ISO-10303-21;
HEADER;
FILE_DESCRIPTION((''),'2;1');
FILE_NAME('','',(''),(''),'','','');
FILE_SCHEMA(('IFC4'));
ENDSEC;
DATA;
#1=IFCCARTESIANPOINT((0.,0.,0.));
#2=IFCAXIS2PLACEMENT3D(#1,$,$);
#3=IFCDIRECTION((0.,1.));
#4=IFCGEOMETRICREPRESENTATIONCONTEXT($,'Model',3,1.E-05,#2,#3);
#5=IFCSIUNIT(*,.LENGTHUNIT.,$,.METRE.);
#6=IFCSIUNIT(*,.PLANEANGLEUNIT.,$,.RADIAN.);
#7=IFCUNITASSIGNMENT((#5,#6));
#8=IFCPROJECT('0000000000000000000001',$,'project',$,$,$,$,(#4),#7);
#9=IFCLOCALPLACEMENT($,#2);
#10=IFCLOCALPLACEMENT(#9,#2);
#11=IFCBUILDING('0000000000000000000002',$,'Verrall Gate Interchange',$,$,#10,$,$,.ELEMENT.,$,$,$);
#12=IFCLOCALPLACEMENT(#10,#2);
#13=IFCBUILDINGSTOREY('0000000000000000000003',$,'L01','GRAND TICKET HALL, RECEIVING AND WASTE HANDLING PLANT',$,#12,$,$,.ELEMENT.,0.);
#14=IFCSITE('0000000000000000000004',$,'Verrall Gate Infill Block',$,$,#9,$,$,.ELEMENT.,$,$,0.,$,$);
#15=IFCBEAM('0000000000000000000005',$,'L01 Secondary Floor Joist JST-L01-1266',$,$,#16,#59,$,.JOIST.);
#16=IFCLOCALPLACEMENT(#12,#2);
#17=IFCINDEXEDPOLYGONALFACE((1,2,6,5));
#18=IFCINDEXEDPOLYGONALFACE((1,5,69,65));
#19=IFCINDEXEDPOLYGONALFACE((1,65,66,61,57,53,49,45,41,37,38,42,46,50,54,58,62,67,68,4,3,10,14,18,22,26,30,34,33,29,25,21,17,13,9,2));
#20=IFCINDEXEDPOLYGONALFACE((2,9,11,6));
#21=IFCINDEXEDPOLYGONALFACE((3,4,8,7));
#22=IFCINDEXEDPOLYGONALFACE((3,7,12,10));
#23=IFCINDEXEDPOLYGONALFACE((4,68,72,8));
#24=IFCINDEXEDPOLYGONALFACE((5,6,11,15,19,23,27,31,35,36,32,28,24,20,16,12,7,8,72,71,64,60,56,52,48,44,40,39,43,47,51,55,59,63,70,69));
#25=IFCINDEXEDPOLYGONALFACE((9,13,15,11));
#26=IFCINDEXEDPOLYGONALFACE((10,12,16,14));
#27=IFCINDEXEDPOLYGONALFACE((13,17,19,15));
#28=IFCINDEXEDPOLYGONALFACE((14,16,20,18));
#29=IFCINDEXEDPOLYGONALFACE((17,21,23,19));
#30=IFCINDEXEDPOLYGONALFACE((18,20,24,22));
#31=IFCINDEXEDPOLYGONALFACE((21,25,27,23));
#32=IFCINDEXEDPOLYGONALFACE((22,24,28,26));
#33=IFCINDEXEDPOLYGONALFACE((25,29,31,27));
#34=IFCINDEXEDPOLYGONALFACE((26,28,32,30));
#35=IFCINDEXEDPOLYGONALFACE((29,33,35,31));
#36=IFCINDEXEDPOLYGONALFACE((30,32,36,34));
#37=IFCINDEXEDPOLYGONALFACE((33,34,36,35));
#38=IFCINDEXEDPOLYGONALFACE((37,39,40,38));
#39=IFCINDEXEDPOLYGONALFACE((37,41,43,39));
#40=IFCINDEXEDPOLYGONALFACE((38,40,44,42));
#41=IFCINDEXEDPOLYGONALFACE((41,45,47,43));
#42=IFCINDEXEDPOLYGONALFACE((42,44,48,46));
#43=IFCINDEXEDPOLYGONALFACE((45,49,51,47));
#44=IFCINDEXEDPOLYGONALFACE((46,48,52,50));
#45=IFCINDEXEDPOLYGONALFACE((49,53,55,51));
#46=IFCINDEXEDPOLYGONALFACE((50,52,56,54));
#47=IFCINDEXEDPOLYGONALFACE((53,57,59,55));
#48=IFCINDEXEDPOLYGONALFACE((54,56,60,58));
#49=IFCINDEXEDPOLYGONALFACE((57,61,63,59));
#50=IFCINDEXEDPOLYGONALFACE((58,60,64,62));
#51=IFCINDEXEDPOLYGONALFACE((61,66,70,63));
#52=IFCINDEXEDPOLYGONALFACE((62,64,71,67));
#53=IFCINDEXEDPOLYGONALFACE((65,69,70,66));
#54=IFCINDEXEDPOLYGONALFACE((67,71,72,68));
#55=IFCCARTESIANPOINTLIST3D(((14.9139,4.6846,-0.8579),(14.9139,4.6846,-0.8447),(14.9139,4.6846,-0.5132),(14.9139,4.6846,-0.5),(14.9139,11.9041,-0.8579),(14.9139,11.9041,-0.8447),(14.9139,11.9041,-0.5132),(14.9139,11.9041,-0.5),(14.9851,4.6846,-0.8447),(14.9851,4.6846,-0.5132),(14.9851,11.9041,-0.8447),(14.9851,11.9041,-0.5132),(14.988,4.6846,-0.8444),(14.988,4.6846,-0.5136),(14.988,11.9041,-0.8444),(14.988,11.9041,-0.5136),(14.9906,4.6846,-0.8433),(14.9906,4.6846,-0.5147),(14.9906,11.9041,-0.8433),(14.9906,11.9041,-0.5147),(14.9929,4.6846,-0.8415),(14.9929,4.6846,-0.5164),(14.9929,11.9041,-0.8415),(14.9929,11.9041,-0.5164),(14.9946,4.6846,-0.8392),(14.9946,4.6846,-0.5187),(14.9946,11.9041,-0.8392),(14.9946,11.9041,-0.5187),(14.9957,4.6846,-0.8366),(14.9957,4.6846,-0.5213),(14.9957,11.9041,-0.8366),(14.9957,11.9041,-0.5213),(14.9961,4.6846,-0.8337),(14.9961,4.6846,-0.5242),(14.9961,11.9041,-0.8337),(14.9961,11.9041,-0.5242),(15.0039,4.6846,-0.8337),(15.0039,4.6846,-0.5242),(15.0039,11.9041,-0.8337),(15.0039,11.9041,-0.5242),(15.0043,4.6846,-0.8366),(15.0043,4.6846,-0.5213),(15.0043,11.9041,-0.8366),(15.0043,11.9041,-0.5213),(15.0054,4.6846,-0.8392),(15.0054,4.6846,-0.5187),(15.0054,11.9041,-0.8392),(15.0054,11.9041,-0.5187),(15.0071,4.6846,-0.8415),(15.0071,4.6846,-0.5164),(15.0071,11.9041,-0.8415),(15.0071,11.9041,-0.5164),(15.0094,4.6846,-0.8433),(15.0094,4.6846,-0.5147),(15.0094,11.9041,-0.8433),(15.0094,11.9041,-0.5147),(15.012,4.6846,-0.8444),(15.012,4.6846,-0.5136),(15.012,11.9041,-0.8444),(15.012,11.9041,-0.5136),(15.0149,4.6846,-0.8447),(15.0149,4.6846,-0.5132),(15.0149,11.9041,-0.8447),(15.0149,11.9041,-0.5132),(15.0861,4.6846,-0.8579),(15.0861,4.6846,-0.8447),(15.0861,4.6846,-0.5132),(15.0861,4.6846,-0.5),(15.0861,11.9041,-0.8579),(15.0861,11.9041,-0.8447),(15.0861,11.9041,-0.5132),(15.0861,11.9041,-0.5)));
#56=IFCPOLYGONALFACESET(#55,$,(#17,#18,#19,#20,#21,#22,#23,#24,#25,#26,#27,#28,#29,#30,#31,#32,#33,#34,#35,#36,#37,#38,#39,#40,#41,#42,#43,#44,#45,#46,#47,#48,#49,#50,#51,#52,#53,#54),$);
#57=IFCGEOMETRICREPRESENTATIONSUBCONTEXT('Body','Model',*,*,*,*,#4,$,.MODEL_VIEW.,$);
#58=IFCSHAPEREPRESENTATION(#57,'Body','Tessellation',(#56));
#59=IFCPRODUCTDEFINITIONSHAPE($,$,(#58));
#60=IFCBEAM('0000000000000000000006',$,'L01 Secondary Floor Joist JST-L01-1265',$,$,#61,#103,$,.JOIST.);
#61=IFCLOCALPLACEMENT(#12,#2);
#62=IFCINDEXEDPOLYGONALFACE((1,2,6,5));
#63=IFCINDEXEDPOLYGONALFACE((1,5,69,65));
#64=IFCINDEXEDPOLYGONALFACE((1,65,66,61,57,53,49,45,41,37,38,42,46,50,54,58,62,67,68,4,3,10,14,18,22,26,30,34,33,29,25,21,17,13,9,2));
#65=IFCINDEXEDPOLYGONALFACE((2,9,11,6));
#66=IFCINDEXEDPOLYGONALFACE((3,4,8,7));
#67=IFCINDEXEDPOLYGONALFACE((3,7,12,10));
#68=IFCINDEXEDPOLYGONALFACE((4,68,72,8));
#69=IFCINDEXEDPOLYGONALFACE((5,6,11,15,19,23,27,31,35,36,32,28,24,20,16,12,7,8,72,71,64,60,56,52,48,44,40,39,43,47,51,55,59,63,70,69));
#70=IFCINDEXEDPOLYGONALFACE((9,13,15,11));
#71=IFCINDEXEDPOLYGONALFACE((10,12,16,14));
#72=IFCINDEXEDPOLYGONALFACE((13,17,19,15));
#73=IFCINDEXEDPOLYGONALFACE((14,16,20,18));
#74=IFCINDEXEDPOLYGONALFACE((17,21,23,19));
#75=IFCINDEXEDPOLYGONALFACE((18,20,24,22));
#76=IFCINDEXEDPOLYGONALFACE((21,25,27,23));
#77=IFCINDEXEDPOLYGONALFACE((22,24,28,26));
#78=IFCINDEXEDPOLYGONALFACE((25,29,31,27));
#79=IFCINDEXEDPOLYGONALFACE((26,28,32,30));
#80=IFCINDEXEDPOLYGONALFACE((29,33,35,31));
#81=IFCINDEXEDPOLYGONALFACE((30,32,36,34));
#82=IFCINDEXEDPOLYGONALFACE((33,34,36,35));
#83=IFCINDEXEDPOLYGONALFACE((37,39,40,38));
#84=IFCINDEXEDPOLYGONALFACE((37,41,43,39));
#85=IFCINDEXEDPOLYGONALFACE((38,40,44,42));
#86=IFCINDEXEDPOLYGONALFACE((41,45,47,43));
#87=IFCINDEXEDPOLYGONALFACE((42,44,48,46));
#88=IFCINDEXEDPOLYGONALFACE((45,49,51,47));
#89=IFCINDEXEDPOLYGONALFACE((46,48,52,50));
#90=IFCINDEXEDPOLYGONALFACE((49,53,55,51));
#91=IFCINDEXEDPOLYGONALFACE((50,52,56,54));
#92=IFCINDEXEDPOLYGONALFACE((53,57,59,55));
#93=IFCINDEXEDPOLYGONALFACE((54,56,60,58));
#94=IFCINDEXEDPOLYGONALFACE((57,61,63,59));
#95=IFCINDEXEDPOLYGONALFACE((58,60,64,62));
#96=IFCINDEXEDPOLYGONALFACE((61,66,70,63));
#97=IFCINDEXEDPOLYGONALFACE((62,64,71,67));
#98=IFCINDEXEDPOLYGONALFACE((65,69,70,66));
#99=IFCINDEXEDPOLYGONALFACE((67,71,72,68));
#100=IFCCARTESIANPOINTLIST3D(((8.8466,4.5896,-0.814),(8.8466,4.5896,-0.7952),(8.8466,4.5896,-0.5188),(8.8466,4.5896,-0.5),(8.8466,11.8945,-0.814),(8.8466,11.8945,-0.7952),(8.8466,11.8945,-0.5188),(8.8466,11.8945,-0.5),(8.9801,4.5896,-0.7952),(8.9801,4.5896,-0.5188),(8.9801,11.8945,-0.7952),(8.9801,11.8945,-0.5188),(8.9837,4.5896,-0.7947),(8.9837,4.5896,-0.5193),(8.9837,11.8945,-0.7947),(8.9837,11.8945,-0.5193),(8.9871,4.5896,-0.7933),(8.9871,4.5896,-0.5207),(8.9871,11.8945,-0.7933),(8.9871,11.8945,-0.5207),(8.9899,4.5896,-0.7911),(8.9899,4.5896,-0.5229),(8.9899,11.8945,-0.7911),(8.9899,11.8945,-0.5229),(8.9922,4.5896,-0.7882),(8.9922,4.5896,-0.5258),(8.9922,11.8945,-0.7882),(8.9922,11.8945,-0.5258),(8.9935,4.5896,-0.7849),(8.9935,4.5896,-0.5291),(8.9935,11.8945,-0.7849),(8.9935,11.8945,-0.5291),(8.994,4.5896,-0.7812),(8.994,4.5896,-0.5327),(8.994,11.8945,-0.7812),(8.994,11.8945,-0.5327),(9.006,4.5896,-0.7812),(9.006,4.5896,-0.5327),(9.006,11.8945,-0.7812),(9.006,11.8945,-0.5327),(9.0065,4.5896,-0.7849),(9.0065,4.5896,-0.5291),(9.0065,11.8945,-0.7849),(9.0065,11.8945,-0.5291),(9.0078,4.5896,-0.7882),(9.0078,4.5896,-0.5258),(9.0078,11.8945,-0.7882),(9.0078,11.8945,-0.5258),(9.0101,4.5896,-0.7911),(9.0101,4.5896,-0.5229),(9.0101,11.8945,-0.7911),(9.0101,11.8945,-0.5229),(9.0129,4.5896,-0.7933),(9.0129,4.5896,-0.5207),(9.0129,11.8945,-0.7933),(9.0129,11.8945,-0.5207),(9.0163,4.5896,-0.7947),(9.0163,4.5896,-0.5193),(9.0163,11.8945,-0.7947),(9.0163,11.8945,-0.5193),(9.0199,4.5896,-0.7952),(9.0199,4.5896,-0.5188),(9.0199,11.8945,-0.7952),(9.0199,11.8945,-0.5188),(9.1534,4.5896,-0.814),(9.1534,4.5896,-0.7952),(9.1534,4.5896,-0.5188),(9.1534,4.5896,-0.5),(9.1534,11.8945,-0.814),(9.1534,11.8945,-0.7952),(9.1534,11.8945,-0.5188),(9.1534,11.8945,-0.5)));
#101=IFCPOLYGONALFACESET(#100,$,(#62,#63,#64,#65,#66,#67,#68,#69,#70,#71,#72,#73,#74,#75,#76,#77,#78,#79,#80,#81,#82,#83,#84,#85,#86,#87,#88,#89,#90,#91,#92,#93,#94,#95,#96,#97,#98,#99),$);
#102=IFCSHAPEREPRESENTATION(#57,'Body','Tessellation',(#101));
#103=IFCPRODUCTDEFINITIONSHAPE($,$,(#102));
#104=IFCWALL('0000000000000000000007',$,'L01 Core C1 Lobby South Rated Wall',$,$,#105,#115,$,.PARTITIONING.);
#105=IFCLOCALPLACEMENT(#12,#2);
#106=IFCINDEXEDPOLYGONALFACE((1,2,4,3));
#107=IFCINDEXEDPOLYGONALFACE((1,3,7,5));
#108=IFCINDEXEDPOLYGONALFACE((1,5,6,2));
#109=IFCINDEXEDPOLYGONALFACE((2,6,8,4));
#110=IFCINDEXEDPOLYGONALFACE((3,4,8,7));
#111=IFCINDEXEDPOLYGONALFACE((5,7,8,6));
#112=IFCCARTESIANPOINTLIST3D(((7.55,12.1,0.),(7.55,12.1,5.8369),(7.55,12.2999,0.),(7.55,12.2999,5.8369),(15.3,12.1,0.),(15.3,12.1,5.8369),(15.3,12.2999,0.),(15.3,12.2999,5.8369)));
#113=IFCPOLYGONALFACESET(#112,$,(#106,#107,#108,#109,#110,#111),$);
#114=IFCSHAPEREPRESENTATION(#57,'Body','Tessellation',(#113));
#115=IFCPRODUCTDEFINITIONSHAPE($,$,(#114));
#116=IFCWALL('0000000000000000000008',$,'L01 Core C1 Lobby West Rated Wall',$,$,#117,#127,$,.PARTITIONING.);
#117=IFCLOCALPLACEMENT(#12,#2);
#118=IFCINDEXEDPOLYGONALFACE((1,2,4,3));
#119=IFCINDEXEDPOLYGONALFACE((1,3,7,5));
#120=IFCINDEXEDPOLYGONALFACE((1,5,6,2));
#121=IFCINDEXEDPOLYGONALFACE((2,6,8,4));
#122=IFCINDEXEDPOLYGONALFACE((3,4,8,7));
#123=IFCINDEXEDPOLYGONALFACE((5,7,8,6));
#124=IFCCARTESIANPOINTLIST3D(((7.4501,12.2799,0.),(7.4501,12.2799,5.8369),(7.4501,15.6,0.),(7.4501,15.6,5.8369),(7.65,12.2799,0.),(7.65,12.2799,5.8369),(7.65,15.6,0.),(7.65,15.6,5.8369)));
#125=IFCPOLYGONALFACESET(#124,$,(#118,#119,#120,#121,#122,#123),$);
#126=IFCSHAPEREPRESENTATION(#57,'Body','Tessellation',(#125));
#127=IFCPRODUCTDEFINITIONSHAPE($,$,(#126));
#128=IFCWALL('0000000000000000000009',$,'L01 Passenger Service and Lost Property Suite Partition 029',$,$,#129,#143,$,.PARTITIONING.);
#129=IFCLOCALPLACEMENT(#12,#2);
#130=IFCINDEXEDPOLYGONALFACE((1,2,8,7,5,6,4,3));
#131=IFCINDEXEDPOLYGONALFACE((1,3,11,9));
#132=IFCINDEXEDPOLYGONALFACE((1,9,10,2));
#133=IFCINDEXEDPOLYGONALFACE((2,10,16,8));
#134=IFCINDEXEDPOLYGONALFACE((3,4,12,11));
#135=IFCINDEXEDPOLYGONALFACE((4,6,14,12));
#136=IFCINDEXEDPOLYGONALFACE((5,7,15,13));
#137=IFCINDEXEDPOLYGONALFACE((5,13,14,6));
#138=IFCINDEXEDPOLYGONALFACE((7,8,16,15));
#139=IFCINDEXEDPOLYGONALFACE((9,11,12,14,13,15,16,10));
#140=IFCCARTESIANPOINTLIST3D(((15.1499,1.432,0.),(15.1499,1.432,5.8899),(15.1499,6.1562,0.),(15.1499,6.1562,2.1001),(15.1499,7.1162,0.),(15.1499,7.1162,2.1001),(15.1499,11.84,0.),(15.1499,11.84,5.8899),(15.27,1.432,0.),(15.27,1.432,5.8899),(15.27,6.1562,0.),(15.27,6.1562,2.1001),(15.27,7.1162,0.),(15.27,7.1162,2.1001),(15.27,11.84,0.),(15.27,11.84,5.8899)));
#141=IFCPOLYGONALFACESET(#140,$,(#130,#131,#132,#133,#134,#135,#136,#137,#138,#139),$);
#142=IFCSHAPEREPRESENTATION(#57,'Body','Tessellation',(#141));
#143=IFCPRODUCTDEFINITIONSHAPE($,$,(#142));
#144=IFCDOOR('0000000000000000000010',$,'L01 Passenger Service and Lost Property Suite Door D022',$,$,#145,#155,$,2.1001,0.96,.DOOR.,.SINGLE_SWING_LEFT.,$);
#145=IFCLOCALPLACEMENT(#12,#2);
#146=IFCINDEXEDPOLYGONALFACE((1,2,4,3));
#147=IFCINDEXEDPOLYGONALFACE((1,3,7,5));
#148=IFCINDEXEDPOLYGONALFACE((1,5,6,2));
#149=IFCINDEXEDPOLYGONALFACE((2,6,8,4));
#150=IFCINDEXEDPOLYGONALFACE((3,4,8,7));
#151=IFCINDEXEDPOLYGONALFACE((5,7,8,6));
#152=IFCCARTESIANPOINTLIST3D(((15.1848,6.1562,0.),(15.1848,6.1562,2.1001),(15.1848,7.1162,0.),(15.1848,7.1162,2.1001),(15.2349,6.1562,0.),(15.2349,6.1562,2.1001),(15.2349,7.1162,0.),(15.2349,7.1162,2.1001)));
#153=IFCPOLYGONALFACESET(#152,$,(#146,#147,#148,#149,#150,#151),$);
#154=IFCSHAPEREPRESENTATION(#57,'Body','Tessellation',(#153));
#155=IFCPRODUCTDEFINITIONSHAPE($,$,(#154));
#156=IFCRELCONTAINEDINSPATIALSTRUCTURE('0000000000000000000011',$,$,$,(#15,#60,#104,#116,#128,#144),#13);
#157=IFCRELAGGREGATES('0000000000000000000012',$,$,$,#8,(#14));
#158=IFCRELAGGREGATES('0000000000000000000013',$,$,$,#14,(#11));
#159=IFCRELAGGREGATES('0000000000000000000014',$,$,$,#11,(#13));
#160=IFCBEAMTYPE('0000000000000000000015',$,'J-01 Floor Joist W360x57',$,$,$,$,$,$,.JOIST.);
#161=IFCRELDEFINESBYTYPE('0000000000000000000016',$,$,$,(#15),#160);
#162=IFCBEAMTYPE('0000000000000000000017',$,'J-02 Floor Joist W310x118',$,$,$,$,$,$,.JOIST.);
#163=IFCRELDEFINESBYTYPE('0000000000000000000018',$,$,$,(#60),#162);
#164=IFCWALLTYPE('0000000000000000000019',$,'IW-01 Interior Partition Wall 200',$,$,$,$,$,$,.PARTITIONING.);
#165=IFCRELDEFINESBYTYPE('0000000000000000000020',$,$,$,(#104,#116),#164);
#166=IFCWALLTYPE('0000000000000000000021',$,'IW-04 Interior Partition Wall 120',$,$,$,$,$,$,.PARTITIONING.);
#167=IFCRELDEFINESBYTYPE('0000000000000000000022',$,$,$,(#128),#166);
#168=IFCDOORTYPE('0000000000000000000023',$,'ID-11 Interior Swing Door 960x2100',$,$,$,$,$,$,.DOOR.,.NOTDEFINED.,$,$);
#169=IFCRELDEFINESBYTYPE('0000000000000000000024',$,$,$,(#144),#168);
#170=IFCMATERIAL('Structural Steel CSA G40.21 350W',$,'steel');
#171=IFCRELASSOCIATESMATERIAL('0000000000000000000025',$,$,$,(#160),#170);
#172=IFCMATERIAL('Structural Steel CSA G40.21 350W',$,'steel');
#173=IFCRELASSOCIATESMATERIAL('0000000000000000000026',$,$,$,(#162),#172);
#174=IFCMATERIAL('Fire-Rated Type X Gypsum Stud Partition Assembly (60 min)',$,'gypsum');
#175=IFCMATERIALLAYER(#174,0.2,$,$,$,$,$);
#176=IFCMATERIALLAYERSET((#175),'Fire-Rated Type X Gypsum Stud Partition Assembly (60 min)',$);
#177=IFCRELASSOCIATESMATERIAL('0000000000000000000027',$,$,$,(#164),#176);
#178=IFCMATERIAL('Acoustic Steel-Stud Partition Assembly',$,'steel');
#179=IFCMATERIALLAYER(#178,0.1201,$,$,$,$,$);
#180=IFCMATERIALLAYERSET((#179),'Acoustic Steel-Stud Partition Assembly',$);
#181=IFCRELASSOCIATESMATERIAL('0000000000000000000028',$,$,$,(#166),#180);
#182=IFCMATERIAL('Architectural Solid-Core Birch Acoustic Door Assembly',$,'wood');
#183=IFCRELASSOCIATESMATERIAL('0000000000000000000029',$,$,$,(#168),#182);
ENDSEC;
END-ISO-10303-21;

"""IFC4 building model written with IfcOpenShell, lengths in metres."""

from ifc_helpers import new_model, si_unit, direction, frame, frame_2d, origin, origin_2d, place, context, subcontext, project, spatial, rectangle, i_section, extrude, material, layer, layer_set, material_profile, profile_set, type_object, element, fill, save


model = new_model("IFC4")

# Units and contexts
model_context = context("Model", 3, precision=1e-05, world=origin(), true_north=direction((0.0, 1.0)))
body_context = subcontext(model_context, "Body", "Model", "MODEL_VIEW")
ifc_project = project(units=[si_unit("LENGTHUNIT", "METRE"), si_unit("PLANEANGLEUNIT", "RADIAN")], contexts=[model_context])

# Site, building, storey
site_placement = place(None, origin())
site = spatial("IfcSite", under=ifc_project, at=site_placement, Name="Verrall Gate Infill Block", CompositionType="ELEMENT", RefElevation=0.0)
building_placement = place(site_placement, origin())
building = spatial("IfcBuilding", under=site, at=building_placement, Name="Verrall Gate Interchange", CompositionType="ELEMENT")
storey_placement = place(building_placement, origin())
storey = spatial("IfcBuildingStorey", under=building, at=storey_placement, Name="L01", Description="GRAND TICKET HALL, RECEIVING AND WASTE HANDLING PLANT", CompositionType="ELEMENT", Elevation=0.0)

# Beams
ifc_material_1 = material(Name="Structural Steel CSA G40.21 350W", Category="steel")
ifc_material_profile_1 = material_profile(ifc_material_1, i_section(OverallWidth=0.1721, OverallDepth=0.3579, WebThickness=0.0078, FlangeThickness=0.0132, FilletRadius=0.011, at=origin_2d()), Name="W360x57")
ifc_profile_set_1 = profile_set([ifc_material_profile_1], Name="Structural Steel CSA G40.21 350W")
beam_type_1 = type_object("IfcBeamType", Name="J-01 Floor Joist W360x57", PredefinedType="JOIST", material=ifc_profile_set_1)
beam_1_placement = place(storey_placement, frame((15.0, 4.6846, -0.679), z_axis=(0.0, 1.0, 0.0), x_axis=(-1.0, 0.0, 0.0)))
element("IfcBeam", 1, at=beam_1_placement, inside=storey, type_object=beam_type_1, Name="L01 Secondary Floor Joist JST-L01-1266", PredefinedType="JOIST", context=body_context, shape_type="SweptSolid", body=[
    extrude(i_section(OverallWidth=0.1721, OverallDepth=0.3579, WebThickness=0.0078, FlangeThickness=0.0132, FilletRadius=0.011, at=origin_2d()), origin(), (0.0, 0.0, 1.0), 7.2195),
])
ifc_material_2 = material(Name="Structural Steel CSA G40.21 350W", Category="steel")
ifc_material_profile_2 = material_profile(ifc_material_2, i_section(OverallWidth=0.3069, OverallDepth=0.314, WebThickness=0.012, FlangeThickness=0.0188, FilletRadius=0.0139, at=origin_2d()), Name="W310x118")
ifc_profile_set_2 = profile_set([ifc_material_profile_2], Name="Structural Steel CSA G40.21 350W")
beam_type_2 = type_object("IfcBeamType", Name="J-02 Floor Joist W310x118", PredefinedType="JOIST", material=ifc_profile_set_2)
beam_2_placement = place(storey_placement, frame((9.0, 4.5896, -0.657), z_axis=(0.0, 1.0, 0.0), x_axis=(-1.0, 0.0, 0.0)))
element("IfcBeam", 2, at=beam_2_placement, inside=storey, type_object=beam_type_2, Name="L01 Secondary Floor Joist JST-L01-1265", PredefinedType="JOIST", context=body_context, shape_type="SweptSolid", body=[
    extrude(i_section(OverallWidth=0.3069, OverallDepth=0.314, WebThickness=0.012, FlangeThickness=0.0188, FilletRadius=0.0139, at=origin_2d()), origin(), (0.0, 0.0, 1.0), 7.3049),
])

# Walls
ifc_material_3 = material(Name="Fire-Rated Type X Gypsum Stud Partition Assembly (60 min)", Category="gypsum")
ifc_layer_1 = layer(ifc_material_3, 0.2)
ifc_layer_set_1 = layer_set([ifc_layer_1], Name="Fire-Rated Type X Gypsum Stud Partition Assembly (60 min)")
wall_type_1 = type_object("IfcWallType", Name="IW-01 Interior Partition Wall 200", PredefinedType="PARTITIONING", material=ifc_layer_set_1)
wall_1_placement = place(storey_placement, frame((7.55, 12.2, 0.0), z_axis=(0.0, 0.0, 1.0), x_axis=(1.0, 0.0, 0.0)))
element("IfcWall", 3, at=wall_1_placement, inside=storey, type_object=wall_type_1, Name="L01 Core C1 Lobby South Rated Wall", PredefinedType="PARTITIONING", context=body_context, shape_type="SweptSolid", body=[
    extrude(rectangle(XDim=7.75, YDim=0.2, at=frame_2d((3.875, 0.0))), origin(), (0.0, 0.0, 1.0), 5.8369),
])
wall_2_placement = place(storey_placement, frame((7.55, 15.6001, 0.0), z_axis=(0.0, 0.0, 1.0), x_axis=(0.0, -1.0, 0.0)))
element("IfcWall", 4, at=wall_2_placement, inside=storey, type_object=wall_type_1, Name="L01 Core C1 Lobby West Rated Wall", PredefinedType="PARTITIONING", context=body_context, shape_type="SweptSolid", body=[
    extrude(rectangle(XDim=3.3201, YDim=0.2, at=frame_2d((1.6602, 0.0))), origin(), (0.0, 0.0, 1.0), 5.8369),
])

# Wall, opening, door
ifc_material_4 = material(Name="Acoustic Steel-Stud Partition Assembly", Category="steel")
ifc_layer_2 = layer(ifc_material_4, 0.1201)
ifc_layer_set_2 = layer_set([ifc_layer_2], Name="Acoustic Steel-Stud Partition Assembly")
wall_type_2 = type_object("IfcWallType", Name="IW-04 Interior Partition Wall 120", PredefinedType="PARTITIONING", material=ifc_layer_set_2)
wall_3_placement = place(storey_placement, frame((15.21, 11.8401, 0.0), z_axis=(0.0, 0.0, 1.0), x_axis=(0.0, -1.0, 0.0)))
wall_3 = element("IfcWall", 5, at=wall_3_placement, inside=storey, type_object=wall_type_2, Name="L01 Passenger Service and Lost Property Suite Partition 029", PredefinedType="PARTITIONING", context=body_context, shape_type="SweptSolid", body=[
    extrude(rectangle(XDim=10.408, YDim=0.1201, at=frame_2d((5.2041, 0.0))), origin(), (0.0, 0.0, 1.0), 5.8899),
])
opening_1_placement = place(wall_3_placement, frame((4.7239, 0.0, 0.0)))
opening_1 = element("IfcOpeningElement", 6, at=opening_1_placement, cuts=wall_3, PredefinedType="OPENING", context=body_context, shape_type="SweptSolid", body=[
    extrude(rectangle(XDim=0.96, YDim=2.1001, at=frame_2d((0.48, 1.05))), frame((0.0, 0.075, 0.0), z_axis=(0.0, -1.0, 0.0), x_axis=(1.0, 0.0, 0.0)), (0.0, 0.0, 1.0), 0.1499),
])
ifc_material_5 = material(Name="Architectural Solid-Core Birch Acoustic Door Assembly", Category="wood")
door_type_1 = type_object("IfcDoorType", Name="ID-11 Interior Swing Door 960x2100", OperationType="NOTDEFINED", PredefinedType="DOOR", material=ifc_material_5)
door_1_placement = place(opening_1_placement, origin())
door_1 = element("IfcDoor", 7, at=door_1_placement, inside=storey, type_object=door_type_1, Name="L01 Passenger Service and Lost Property Suite Door D022", OperationType="SINGLE_SWING_LEFT", OverallHeight=2.1001, OverallWidth=0.96, PredefinedType="DOOR", context=body_context, shape_type="SweptSolid", body=[
    extrude(rectangle(XDim=0.96, YDim=2.1001, at=frame_2d((0.48, 1.05))), frame((0.0, 0.0249, 0.0), z_axis=(0.0, -1.0, 0.0), x_axis=(1.0, 0.0, 0.0)), (0.0, 0.0, 1.0), 0.05),
])
fill(opening_1, door_1)

save(model, "model.ifc")
